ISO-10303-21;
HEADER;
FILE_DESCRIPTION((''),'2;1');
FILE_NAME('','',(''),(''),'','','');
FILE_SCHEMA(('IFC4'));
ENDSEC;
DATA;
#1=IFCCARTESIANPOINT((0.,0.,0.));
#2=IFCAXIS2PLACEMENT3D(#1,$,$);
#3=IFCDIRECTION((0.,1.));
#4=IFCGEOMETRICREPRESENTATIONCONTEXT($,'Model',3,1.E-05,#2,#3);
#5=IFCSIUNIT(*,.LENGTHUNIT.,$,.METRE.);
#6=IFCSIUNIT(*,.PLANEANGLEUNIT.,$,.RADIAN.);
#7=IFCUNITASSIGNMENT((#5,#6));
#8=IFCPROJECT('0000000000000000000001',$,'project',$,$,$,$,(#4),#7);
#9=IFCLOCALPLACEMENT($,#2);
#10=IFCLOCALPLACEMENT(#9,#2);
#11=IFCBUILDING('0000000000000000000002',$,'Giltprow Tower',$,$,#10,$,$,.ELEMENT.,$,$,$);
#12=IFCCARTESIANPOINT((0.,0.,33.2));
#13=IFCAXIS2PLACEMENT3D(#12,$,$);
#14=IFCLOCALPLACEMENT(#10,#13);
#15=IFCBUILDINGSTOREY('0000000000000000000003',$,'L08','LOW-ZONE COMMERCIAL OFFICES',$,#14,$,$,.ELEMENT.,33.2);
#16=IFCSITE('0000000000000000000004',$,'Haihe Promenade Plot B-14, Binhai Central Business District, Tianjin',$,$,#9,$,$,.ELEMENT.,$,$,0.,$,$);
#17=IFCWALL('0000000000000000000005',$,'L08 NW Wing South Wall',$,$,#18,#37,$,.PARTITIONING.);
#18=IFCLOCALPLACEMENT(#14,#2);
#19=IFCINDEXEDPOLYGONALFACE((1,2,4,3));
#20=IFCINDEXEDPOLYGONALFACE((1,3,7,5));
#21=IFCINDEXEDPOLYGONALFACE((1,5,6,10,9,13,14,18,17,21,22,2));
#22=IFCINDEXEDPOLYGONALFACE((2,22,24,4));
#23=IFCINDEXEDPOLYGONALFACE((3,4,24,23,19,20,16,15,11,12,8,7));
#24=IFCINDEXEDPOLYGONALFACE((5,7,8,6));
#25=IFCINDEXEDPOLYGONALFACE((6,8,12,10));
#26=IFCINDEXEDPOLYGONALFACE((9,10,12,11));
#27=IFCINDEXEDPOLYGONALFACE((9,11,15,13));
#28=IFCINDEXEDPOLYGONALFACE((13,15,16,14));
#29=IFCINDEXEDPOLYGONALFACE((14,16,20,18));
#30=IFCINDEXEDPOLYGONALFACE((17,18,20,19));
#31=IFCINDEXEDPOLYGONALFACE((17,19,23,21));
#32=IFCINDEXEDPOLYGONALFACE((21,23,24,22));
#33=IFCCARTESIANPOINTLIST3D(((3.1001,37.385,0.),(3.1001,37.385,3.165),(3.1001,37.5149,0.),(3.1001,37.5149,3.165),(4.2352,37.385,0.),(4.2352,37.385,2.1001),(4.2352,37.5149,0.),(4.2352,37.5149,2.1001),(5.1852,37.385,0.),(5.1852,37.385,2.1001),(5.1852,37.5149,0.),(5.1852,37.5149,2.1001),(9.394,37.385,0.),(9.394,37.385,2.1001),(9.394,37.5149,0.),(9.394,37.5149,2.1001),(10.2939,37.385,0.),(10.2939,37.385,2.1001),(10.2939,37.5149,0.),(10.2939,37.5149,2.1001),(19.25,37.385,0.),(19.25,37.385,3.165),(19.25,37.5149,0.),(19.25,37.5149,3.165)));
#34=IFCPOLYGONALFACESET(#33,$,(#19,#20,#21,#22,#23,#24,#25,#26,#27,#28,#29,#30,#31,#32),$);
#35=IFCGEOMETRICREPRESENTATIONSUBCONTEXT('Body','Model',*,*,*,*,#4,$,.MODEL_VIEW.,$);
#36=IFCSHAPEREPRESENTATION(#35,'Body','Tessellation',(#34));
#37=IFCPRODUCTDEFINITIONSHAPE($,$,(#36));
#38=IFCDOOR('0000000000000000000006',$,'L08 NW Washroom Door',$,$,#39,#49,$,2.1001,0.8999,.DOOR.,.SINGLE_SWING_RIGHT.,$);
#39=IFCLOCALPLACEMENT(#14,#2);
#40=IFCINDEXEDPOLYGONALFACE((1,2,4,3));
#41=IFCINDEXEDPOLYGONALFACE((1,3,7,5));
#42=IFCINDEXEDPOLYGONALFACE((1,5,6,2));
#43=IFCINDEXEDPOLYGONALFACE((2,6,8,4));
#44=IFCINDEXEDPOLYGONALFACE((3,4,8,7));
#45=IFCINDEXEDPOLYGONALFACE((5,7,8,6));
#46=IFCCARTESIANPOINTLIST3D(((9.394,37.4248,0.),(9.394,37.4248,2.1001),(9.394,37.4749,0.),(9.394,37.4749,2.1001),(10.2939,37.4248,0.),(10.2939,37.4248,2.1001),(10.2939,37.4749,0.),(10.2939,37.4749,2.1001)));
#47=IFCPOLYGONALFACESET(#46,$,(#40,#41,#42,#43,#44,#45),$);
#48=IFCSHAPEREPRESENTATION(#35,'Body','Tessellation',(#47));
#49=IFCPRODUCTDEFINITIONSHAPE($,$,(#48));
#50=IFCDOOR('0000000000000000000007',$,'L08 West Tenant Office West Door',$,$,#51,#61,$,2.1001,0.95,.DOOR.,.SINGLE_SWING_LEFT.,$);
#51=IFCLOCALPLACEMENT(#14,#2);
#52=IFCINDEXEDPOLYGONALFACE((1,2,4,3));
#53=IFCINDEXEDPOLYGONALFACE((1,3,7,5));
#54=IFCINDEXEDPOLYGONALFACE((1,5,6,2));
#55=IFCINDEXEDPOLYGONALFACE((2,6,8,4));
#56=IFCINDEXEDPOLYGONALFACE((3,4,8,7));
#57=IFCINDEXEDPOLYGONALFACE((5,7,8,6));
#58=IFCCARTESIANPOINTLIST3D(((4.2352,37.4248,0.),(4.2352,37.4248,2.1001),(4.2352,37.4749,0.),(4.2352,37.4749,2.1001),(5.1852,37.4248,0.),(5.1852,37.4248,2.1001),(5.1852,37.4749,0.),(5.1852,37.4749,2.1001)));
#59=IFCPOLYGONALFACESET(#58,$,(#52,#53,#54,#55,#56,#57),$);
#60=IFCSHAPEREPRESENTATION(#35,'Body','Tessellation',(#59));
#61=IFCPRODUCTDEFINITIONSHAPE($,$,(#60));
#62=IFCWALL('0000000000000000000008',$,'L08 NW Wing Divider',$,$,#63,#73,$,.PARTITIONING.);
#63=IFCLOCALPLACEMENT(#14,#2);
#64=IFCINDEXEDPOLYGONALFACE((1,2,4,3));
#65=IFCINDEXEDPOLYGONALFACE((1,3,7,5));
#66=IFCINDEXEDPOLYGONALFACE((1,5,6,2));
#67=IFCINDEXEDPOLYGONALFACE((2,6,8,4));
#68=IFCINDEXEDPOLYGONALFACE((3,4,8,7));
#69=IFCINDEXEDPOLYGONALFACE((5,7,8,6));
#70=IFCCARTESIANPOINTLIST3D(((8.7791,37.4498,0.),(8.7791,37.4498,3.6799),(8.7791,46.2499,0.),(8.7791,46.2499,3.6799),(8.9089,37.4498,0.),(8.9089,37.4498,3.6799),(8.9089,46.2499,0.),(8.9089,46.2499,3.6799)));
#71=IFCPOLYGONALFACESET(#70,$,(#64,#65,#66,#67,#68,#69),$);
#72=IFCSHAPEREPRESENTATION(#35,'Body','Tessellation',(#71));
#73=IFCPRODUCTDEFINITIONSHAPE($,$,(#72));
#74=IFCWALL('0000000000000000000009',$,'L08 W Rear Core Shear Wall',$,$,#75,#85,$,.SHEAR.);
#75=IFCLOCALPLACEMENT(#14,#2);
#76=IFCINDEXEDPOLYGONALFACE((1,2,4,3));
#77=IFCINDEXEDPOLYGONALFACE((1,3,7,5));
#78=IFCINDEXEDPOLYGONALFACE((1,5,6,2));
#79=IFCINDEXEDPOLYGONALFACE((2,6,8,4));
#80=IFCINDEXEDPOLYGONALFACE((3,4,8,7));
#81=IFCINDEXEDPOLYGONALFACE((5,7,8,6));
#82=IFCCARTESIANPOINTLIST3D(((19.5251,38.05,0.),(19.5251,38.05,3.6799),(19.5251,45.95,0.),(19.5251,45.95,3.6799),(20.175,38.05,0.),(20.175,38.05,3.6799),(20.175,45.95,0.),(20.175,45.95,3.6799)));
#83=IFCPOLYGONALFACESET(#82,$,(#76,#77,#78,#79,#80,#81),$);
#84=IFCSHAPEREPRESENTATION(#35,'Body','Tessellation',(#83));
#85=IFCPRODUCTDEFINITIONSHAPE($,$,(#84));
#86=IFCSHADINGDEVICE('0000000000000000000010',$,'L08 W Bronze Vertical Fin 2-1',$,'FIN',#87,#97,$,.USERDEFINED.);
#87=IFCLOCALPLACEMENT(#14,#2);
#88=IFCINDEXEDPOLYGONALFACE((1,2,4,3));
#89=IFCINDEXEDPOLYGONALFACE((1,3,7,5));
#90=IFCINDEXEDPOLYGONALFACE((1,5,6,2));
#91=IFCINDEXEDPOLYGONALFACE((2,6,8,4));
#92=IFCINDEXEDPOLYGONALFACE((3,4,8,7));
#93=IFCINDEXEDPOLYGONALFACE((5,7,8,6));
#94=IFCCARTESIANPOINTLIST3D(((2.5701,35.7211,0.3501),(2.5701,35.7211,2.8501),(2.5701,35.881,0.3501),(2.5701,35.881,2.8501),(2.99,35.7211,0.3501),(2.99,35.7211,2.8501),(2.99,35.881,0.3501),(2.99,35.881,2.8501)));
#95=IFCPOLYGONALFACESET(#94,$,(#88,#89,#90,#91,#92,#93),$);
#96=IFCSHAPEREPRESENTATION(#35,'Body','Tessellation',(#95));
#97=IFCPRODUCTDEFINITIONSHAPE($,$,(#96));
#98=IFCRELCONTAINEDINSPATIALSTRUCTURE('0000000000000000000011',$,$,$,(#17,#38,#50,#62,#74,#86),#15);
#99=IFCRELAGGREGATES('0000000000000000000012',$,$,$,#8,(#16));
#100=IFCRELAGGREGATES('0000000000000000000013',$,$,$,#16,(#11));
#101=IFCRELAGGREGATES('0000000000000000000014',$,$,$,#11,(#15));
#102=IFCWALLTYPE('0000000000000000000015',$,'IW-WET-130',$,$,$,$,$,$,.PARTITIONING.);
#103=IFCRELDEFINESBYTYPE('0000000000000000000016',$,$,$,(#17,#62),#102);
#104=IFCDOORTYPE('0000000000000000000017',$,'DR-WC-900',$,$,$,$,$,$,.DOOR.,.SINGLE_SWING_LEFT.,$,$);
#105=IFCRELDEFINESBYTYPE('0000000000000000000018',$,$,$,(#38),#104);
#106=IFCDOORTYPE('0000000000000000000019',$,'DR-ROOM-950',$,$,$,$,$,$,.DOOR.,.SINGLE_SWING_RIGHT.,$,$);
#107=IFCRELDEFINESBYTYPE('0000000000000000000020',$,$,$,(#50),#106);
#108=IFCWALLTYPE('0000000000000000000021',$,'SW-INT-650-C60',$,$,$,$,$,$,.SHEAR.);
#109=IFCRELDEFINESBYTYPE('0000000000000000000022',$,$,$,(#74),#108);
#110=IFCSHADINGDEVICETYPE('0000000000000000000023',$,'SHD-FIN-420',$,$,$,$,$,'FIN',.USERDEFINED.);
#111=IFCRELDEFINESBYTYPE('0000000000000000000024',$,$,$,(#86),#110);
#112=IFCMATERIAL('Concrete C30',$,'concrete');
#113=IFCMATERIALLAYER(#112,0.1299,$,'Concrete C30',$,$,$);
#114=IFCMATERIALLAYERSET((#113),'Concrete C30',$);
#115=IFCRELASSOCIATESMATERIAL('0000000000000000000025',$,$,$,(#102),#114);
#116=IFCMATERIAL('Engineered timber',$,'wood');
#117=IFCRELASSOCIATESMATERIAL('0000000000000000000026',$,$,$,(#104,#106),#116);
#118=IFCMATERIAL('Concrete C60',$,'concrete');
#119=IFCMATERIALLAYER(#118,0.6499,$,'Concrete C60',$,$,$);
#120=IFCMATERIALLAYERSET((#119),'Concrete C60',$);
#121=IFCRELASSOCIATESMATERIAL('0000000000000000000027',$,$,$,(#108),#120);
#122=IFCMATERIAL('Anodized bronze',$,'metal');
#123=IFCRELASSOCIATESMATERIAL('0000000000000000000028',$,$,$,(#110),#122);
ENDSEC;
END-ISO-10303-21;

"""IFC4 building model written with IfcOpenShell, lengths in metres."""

from ifc_helpers import new_model, si_unit, direction, frame, frame_2d, origin, origin_2d, place, context, subcontext, project, spatial, rectangle, extrude, source, transform, mapped, material, layer, layer_set, type_object, element, fill, save


model = new_model("IFC4")

# Units and contexts
model_context = context("Model", 3, precision=1e-05, world=origin(), true_north=direction((0.0, 1.0)))
body_context = subcontext(model_context, "Body", "Model", "MODEL_VIEW")
ifc_project = project(units=[si_unit("LENGTHUNIT", "METRE"), si_unit("PLANEANGLEUNIT", "RADIAN")], contexts=[model_context])

# Site, building, storey
site_placement = place(None, origin())
site = spatial("IfcSite", under=ifc_project, at=site_placement, Name="Haihe Promenade Plot B-14, Binhai Central Business District, Tianjin", CompositionType="ELEMENT", RefElevation=0.0)
building_placement = place(site_placement, origin())
building = spatial("IfcBuilding", under=site, at=building_placement, Name="Giltprow Tower", CompositionType="ELEMENT")
storey_placement = place(building_placement, frame((0.0, 0.0, 33.2)))
storey = spatial("IfcBuildingStorey", under=building, at=storey_placement, Name="L08", Description="LOW-ZONE COMMERCIAL OFFICES", CompositionType="ELEMENT", Elevation=33.2)

# Shared definitions
ifc_material_1 = material(Name="Concrete C60", Category="concrete")

# Shared definitions
ifc_material_2 = material(Name="Engineered timber", Category="wood")

# Wall, openings, doors
ifc_material_3 = material(Name="Concrete C30", Category="concrete")
ifc_layer_1 = layer(ifc_material_3, 0.1299, Name="Concrete C30")
ifc_layer_set_1 = layer_set([ifc_layer_1], Name="Concrete C30")
wall_type_1 = type_object("IfcWallType", Name="IW-WET-130", PredefinedType="PARTITIONING", material=ifc_layer_set_1)
wall_1_placement = place(storey_placement, frame((3.1001, 37.45, 0.0), z_axis=(0.0, 0.0, 1.0), x_axis=(1.0, 0.0, 0.0)))
wall_1 = element("IfcWall", 1, at=wall_1_placement, inside=storey, type_object=wall_type_1, Name="L08 NW Wing South Wall", PredefinedType="PARTITIONING", context=body_context, shape_type="SweptSolid", body=[
    extrude(rectangle(XDim=16.1499, YDim=0.1299, at=frame_2d((8.075, 0.0))), origin(), (0.0, 0.0, 1.0), 3.165),
])
opening_1_placement = place(wall_1_placement, frame((1.135, 0.0, 0.0)))
opening_1 = element("IfcOpeningElement", 2, at=opening_1_placement, cuts=wall_1, PredefinedType="OPENING", context=body_context, shape_type="SweptSolid", body=[
    extrude(rectangle(XDim=0.95, YDim=2.1001, at=frame_2d((0.4751, 1.05))), frame((0.0, 0.075, 0.0), z_axis=(0.0, -1.0, 0.0), x_axis=(1.0, 0.0, 0.0)), (0.0, 0.0, 1.0), 0.1499),
])
opening_2_placement = place(wall_1_placement, frame((6.2939, 0.0, 0.0)))
opening_2 = element("IfcOpeningElement", 3, at=opening_2_placement, cuts=wall_1, PredefinedType="OPENING", context=body_context, shape_type="SweptSolid", body=[
    extrude(rectangle(XDim=0.8999, YDim=2.1001, at=frame_2d((0.45, 1.05))), frame((0.0, 0.075, 0.0), z_axis=(0.0, -1.0, 0.0), x_axis=(1.0, 0.0, 0.0)), (0.0, 0.0, 1.0), 0.1499),
])
door_type_1 = type_object("IfcDoorType", Name="DR-WC-900", OperationType="SINGLE_SWING_LEFT", PredefinedType="DOOR", material=ifc_material_2)
shared_shape_1 = source(origin(), body_context, "Body", "SweptSolid", [
    extrude(rectangle(XDim=0.8999, YDim=2.1001, at=frame_2d((0.45, 1.05))), frame((0.0, 0.0249, 0.0), z_axis=(0.0, -1.0, 0.0), x_axis=(1.0, 0.0, 0.0)), (0.0, 0.0, 1.0), 0.05),
])
door_1_placement = place(opening_2_placement, origin())
door_1 = element("IfcDoor", 4, at=door_1_placement, inside=storey, type_object=door_type_1, Name="L08 NW Washroom Door", OperationType="SINGLE_SWING_RIGHT", OverallHeight=2.1001, OverallWidth=0.8999, PredefinedType="DOOR", context=body_context, shape_type="MappedRepresentation", body=[
    mapped(shared_shape_1, transform((0.0, 0.0, 0.0), x_axis=(1.0, 0.0, 0.0), y_axis=(0.0, 1.0, 0.0), z_axis=(0.0, 0.0, 1.0), scale=1.0)),
])
fill(opening_2, door_1)
door_type_2 = type_object("IfcDoorType", Name="DR-ROOM-950", OperationType="SINGLE_SWING_RIGHT", PredefinedType="DOOR", material=ifc_material_2)
shared_shape_2 = source(origin(), body_context, "Body", "SweptSolid", [
    extrude(rectangle(XDim=0.95, YDim=2.1001, at=frame_2d((0.4751, 1.05))), frame((0.0, 0.0249, 0.0), z_axis=(0.0, -1.0, 0.0), x_axis=(1.0, 0.0, 0.0)), (0.0, 0.0, 1.0), 0.05),
])
door_2_placement = place(opening_1_placement, origin())
door_2 = element("IfcDoor", 5, at=door_2_placement, inside=storey, type_object=door_type_2, Name="L08 West Tenant Office West Door", OperationType="SINGLE_SWING_LEFT", OverallHeight=2.1001, OverallWidth=0.95, PredefinedType="DOOR", context=body_context, shape_type="MappedRepresentation", body=[
    mapped(shared_shape_2, transform((0.0, 0.0, 0.0), x_axis=(1.0, 0.0, 0.0), y_axis=(0.0, 1.0, 0.0), z_axis=(0.0, 0.0, 1.0), scale=1.0)),
])
fill(opening_1, door_2)

# Walls
wall_2_placement = place(storey_placement, frame((8.844, 37.45, 0.0), z_axis=(0.0, 0.0, 1.0), x_axis=(0.0, 1.0, 0.0)))
element("IfcWall", 6, at=wall_2_placement, inside=storey, type_object=wall_type_1, Name="L08 NW Wing Divider", PredefinedType="PARTITIONING", context=body_context, shape_type="SweptSolid", body=[
    extrude(rectangle(XDim=8.8, YDim=0.1299, at=frame_2d((4.3999, 0.0))), origin(), (0.0, 0.0, 1.0), 3.6799),
])
ifc_layer_2 = layer(ifc_material_1, 0.6499, Name="Concrete C60")
ifc_layer_set_2 = layer_set([ifc_layer_2], Name="Concrete C60")
wall_type_2 = type_object("IfcWallType", Name="SW-INT-650-C60", PredefinedType="SHEAR", material=ifc_layer_set_2)
wall_3_placement = place(storey_placement, frame((19.8501, 38.05, 0.0), z_axis=(0.0, 0.0, 1.0), x_axis=(0.0, 1.0, 0.0)))
element("IfcWall", 7, at=wall_3_placement, inside=storey, type_object=wall_type_2, Name="L08 W Rear Core Shear Wall", PredefinedType="SHEAR", context=body_context, shape_type="SweptSolid", body=[
    extrude(rectangle(XDim=7.8999, YDim=0.6499, at=frame_2d((3.95, 0.0))), origin(), (0.0, 0.0, 1.0), 3.6799),
])

# Shading device
ifc_material_4 = material(Name="Anodized bronze", Category="metal")
shading_device_type = type_object("IfcShadingDeviceType", Name="SHD-FIN-420", ElementType="FIN", PredefinedType="USERDEFINED", material=ifc_material_4)
shared_shape_3 = source(origin(), body_context, "Body", "SweptSolid", [
    extrude(rectangle(XDim=0.4199, YDim=0.1599, at=origin_2d()), origin(), (0.0, 0.0, 1.0), 2.5),
])
shading_device_placement = place(storey_placement, frame((2.78, 35.801, 0.3501), z_axis=(0.0, 0.0, 1.0), x_axis=(1.0, 0.0, 0.0)))
element("IfcShadingDevice", 8, at=shading_device_placement, inside=storey, type_object=shading_device_type, Name="L08 W Bronze Vertical Fin 2-1", ObjectType="FIN", PredefinedType="USERDEFINED", context=body_context, shape_type="MappedRepresentation", body=[
    mapped(shared_shape_3, transform((0.0, 0.0, 0.0), x_axis=(1.0, 0.0, 0.0), y_axis=(0.0, 1.0, 0.0), z_axis=(0.0, 0.0, 1.0), scale=1.0)),
])

save(model, "model.ifc")
